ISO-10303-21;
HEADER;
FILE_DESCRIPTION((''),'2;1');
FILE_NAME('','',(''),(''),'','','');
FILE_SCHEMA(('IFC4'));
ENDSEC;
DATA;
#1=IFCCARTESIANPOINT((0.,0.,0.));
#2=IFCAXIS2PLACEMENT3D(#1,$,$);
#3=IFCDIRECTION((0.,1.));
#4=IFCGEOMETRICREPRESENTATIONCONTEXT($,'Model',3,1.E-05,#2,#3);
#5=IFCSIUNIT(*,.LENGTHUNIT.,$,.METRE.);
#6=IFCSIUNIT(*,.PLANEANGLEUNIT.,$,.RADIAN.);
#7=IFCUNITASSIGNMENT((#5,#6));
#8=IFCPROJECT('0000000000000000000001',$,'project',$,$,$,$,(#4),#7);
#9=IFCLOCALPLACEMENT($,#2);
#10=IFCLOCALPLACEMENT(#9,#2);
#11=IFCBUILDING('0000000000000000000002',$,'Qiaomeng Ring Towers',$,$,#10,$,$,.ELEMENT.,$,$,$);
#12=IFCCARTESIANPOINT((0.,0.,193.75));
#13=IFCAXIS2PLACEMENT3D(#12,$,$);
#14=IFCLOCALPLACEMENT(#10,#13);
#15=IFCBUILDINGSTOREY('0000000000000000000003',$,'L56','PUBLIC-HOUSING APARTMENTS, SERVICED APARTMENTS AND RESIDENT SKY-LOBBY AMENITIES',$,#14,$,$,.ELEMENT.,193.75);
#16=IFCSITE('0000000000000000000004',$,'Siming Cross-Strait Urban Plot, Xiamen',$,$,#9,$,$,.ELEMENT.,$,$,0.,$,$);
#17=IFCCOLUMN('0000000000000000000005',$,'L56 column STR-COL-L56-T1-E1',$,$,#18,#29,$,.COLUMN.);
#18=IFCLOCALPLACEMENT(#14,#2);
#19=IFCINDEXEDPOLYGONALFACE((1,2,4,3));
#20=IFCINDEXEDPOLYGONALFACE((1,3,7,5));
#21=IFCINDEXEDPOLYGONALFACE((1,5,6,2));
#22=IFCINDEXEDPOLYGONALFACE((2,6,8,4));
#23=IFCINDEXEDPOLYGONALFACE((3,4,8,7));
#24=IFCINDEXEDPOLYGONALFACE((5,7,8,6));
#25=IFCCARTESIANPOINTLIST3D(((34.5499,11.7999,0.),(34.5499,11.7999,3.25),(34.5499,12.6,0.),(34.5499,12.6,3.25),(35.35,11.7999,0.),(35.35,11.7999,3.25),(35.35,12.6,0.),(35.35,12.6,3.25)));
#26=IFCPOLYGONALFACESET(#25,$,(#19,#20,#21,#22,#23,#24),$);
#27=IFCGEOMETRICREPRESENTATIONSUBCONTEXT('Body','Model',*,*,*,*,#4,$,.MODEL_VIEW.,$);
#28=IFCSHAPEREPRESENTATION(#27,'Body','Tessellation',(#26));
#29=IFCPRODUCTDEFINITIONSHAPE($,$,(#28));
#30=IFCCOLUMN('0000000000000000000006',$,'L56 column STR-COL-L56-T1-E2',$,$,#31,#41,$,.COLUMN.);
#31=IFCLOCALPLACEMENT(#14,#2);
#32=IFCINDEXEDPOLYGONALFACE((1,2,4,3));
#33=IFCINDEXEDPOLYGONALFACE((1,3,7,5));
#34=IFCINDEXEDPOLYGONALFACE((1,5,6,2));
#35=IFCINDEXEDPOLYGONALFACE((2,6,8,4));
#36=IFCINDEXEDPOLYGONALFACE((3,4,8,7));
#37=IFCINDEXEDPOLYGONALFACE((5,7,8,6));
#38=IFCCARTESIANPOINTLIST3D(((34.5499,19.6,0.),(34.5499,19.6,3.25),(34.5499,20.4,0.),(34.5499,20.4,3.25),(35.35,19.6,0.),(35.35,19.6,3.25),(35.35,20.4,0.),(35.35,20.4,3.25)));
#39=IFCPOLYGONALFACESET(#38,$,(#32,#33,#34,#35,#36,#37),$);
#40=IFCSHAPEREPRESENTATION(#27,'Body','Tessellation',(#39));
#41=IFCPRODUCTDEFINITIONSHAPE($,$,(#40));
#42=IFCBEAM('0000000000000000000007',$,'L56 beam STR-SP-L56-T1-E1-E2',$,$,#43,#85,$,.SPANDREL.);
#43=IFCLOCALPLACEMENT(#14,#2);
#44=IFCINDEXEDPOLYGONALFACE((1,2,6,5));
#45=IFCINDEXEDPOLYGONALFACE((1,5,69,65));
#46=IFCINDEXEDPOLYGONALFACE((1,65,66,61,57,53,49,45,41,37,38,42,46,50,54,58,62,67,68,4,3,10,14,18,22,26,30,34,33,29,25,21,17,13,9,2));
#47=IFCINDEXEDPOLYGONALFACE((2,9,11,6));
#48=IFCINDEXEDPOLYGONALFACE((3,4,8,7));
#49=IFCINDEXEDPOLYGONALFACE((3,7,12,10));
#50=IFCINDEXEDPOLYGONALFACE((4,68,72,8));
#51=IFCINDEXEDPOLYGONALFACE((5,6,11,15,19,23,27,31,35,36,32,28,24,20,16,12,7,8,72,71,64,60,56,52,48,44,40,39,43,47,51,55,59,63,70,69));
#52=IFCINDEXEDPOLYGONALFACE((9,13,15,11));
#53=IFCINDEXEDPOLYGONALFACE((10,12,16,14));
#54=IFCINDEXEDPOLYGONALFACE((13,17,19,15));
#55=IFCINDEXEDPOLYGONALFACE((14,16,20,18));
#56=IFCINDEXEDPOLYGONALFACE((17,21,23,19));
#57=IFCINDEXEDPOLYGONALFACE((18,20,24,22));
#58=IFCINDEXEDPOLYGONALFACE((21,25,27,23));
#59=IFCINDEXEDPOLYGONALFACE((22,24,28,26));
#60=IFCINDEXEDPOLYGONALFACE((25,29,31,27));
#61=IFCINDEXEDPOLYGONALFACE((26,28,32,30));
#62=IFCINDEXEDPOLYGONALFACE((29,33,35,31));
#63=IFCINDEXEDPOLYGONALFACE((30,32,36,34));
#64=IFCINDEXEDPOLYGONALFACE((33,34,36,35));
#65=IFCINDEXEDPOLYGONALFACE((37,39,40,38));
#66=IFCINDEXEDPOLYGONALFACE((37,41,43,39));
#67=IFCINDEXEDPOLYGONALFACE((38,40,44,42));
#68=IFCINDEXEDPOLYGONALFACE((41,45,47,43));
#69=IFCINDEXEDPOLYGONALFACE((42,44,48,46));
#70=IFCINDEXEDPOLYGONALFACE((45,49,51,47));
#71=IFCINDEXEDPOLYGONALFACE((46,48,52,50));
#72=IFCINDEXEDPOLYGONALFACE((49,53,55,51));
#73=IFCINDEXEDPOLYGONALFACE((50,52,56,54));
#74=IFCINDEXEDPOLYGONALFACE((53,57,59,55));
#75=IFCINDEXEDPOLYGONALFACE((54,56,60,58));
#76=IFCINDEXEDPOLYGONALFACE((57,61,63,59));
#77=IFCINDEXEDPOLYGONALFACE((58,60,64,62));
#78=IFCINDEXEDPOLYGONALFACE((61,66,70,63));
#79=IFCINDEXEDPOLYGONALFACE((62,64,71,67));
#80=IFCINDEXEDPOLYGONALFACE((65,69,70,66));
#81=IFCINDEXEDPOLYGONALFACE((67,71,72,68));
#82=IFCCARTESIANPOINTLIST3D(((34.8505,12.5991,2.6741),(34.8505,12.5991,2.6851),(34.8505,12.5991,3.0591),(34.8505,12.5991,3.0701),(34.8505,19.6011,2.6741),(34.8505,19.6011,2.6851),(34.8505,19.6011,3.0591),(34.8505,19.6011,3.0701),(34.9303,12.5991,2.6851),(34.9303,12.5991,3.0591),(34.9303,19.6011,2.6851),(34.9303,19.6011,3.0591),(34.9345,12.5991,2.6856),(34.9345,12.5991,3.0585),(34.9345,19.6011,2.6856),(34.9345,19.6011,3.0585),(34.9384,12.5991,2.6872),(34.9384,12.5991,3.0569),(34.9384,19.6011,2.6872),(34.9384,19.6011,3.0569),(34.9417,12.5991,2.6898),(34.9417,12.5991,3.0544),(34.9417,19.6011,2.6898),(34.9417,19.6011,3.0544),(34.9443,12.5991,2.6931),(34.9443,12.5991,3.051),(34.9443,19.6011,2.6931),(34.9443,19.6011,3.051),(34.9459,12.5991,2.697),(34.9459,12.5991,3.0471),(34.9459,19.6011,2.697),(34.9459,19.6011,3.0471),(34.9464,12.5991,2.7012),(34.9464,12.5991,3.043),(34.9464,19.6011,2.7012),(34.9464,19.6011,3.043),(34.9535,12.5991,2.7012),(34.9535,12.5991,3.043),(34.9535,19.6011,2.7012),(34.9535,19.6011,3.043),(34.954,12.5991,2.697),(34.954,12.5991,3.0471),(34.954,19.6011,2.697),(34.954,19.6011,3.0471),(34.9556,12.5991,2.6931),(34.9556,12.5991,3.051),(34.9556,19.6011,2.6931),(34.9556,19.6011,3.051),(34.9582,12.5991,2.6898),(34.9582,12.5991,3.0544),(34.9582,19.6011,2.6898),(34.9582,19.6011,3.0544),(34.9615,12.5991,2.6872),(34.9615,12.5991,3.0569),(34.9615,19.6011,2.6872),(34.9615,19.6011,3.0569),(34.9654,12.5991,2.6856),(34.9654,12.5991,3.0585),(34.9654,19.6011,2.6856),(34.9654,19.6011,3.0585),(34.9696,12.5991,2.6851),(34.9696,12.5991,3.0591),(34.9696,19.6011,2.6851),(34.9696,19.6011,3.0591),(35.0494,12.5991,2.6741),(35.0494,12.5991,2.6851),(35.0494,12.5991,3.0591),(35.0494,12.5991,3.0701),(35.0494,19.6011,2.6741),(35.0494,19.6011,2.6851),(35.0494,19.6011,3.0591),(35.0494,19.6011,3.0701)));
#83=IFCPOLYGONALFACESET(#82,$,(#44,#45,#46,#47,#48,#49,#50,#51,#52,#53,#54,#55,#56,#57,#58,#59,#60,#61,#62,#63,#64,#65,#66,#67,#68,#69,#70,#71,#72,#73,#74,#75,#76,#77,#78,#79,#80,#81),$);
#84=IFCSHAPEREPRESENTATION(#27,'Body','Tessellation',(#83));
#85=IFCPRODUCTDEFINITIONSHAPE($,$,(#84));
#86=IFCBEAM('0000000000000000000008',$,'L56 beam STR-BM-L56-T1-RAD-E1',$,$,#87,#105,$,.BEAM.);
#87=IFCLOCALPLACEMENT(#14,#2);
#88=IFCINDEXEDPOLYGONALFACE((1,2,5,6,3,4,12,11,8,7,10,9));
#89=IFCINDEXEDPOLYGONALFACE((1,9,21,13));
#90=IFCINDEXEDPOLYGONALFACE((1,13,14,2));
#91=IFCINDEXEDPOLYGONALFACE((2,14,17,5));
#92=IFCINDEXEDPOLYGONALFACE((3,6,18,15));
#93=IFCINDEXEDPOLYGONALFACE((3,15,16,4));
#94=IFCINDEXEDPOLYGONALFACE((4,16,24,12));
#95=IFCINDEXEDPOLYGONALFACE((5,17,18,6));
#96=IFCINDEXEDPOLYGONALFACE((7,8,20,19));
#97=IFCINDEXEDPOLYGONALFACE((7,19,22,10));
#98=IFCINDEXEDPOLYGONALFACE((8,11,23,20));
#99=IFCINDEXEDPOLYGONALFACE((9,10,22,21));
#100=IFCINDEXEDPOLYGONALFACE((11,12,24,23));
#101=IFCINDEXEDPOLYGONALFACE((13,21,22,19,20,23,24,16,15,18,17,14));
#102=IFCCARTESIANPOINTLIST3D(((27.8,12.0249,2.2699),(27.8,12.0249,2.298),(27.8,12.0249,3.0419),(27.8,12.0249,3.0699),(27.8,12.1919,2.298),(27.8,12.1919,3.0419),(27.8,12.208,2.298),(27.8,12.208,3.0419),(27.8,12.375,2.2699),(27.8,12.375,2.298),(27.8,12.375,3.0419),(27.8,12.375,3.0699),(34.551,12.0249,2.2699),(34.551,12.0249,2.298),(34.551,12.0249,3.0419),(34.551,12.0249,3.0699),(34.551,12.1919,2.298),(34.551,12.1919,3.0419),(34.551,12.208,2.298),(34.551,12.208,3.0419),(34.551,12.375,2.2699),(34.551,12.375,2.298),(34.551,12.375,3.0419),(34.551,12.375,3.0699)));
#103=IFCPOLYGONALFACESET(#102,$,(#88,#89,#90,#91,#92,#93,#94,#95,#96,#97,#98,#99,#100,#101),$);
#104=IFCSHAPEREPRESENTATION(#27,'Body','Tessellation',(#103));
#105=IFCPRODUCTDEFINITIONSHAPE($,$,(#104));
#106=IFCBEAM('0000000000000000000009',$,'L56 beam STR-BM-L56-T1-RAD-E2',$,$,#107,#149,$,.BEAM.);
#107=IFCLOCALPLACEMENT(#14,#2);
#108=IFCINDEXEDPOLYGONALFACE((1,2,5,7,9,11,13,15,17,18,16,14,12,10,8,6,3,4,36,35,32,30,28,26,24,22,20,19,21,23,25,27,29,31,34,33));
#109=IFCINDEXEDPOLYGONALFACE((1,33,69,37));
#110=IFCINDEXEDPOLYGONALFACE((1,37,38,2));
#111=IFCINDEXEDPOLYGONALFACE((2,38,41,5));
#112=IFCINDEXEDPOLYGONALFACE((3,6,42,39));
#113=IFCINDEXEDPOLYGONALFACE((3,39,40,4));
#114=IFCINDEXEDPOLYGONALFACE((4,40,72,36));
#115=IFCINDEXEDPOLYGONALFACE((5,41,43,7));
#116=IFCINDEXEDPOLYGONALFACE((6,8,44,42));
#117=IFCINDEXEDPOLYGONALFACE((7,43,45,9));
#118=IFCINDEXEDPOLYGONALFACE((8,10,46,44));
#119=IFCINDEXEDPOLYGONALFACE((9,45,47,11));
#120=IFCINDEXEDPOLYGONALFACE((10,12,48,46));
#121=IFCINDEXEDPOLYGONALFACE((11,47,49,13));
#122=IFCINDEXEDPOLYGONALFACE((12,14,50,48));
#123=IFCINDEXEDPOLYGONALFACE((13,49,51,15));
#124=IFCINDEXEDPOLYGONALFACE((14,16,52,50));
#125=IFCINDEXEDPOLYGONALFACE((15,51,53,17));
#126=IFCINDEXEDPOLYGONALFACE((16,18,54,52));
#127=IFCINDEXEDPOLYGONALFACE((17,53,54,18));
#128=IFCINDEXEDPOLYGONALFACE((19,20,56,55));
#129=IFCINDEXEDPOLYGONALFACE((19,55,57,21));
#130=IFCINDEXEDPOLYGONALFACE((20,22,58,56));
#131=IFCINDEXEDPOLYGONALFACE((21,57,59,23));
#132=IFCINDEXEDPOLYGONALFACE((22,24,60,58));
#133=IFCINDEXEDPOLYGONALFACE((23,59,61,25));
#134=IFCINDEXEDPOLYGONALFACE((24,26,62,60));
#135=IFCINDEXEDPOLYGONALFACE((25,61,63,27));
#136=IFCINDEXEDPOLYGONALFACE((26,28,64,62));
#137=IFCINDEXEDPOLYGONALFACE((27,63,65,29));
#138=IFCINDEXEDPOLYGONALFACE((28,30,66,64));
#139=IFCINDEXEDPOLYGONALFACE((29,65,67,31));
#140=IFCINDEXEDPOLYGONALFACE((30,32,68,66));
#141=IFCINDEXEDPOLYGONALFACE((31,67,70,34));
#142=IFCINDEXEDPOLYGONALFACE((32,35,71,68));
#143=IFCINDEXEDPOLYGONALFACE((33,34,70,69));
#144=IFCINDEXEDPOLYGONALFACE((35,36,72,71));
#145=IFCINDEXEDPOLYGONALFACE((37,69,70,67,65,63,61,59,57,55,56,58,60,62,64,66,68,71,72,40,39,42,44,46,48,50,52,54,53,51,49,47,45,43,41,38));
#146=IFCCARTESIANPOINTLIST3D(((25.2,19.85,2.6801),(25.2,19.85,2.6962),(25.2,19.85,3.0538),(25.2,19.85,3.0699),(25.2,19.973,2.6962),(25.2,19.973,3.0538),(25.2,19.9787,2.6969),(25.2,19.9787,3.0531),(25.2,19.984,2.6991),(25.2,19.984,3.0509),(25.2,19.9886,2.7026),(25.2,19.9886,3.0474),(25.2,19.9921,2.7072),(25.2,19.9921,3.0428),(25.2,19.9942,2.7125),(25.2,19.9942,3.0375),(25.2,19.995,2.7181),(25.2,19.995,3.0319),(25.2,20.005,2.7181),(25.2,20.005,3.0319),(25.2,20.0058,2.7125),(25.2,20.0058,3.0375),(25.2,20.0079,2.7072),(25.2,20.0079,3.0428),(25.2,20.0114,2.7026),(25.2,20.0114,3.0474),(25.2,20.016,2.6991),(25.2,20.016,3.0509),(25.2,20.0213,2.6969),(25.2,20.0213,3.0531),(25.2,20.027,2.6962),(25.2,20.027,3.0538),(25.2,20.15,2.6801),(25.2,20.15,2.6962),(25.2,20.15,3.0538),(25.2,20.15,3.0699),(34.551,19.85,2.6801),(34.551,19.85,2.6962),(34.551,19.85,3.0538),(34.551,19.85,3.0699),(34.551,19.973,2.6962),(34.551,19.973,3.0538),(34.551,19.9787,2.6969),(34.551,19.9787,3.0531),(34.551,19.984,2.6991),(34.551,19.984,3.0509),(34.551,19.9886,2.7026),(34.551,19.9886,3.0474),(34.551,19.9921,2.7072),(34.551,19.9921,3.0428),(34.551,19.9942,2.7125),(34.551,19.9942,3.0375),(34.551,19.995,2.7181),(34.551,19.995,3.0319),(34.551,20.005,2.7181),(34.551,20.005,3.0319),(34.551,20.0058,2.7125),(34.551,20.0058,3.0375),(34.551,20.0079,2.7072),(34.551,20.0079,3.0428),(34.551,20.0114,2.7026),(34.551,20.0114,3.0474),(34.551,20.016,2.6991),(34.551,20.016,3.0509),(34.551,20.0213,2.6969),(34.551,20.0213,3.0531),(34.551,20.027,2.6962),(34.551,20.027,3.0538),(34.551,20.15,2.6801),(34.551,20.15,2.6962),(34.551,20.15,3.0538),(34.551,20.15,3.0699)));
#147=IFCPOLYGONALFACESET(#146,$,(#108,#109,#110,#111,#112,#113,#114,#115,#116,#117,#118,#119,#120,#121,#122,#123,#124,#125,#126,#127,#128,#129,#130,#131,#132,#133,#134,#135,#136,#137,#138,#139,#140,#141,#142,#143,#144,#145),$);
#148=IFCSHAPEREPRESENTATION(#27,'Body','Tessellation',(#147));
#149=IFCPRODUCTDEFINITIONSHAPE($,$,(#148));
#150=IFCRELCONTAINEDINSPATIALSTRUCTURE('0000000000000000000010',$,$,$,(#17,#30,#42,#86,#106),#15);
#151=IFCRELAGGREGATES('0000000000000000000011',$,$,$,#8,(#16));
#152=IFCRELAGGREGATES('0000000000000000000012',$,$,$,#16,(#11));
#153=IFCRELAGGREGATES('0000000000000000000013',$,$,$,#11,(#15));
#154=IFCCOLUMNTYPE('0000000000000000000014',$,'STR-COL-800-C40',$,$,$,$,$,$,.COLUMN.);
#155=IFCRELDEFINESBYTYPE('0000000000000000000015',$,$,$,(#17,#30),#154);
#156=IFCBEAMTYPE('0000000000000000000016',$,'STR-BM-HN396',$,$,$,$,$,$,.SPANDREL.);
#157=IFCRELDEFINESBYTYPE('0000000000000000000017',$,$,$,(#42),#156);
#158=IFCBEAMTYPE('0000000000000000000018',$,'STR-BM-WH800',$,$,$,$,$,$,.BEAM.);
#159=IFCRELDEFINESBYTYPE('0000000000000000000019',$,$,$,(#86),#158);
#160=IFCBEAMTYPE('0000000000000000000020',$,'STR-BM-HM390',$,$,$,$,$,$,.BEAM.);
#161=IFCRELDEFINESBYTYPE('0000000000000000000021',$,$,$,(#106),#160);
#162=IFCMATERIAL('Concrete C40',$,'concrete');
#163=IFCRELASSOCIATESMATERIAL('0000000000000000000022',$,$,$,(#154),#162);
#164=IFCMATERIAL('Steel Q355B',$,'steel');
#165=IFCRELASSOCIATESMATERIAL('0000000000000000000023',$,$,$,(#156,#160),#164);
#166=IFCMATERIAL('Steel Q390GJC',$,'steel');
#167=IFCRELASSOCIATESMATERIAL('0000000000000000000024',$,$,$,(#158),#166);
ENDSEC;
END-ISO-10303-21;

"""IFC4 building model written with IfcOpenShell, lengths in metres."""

from ifc_helpers import new_model, si_unit, direction, frame, origin, origin_2d, place, context, subcontext, project, spatial, rectangle, i_section, extrude, source, transform, mapped, material, material_profile, profile_set, type_object, element, save


model = new_model("IFC4")

# Units and contexts
model_context = context("Model", 3, precision=1e-05, world=origin(), true_north=direction((0.0, 1.0)))
body_context = subcontext(model_context, "Body", "Model", "MODEL_VIEW")
ifc_project = project(units=[si_unit("LENGTHUNIT", "METRE"), si_unit("PLANEANGLEUNIT", "RADIAN")], contexts=[model_context])

# Site, building, storey
site_placement = place(None, origin())
site = spatial("IfcSite", under=ifc_project, at=site_placement, Name="Siming Cross-Strait Urban Plot, Xiamen", CompositionType="ELEMENT", RefElevation=0.0)
building_placement = place(site_placement, origin())
building = spatial("IfcBuilding", under=site, at=building_placement, Name="Qiaomeng Ring Towers", CompositionType="ELEMENT")
storey_placement = place(building_placement, frame((0.0, 0.0, 193.75)))
storey = spatial("IfcBuildingStorey", under=building, at=storey_placement, Name="L56", Description="PUBLIC-HOUSING APARTMENTS, SERVICED APARTMENTS AND RESIDENT SKY-LOBBY AMENITIES", CompositionType="ELEMENT", Elevation=193.75)

# Columns
ifc_material_1 = material(Name="Concrete C40", Category="concrete")
ifc_material_profile_1 = material_profile(ifc_material_1, rectangle(XDim=0.8, YDim=0.8, at=origin_2d()), Name="RC COL 800x800")
ifc_profile_set_1 = profile_set([ifc_material_profile_1], Name="Concrete C40")
column_type = type_object("IfcColumnType", Name="STR-COL-800-C40", PredefinedType="COLUMN", material=ifc_profile_set_1)
shared_shape_1 = source(origin(), body_context, "Body", "SweptSolid", [
    extrude(rectangle(XDim=0.8, YDim=0.8, at=origin_2d()), origin(), (0.0, 0.0, 1.0), 3.25),
])
for number, where, z_axis, x_axis, name in (
    (1, (34.95, 12.2, 0.0), (0.0, 0.0, 1.0), (1.0, 0.0, 0.0), "L56 column STR-COL-L56-T1-E1"),
    (2, (34.95, 20.0, 0.0), (0.0, 0.0, 1.0), (1.0, 0.0, 0.0), "L56 column STR-COL-L56-T1-E2"),
):
    element("IfcColumn", number, at=place(storey_placement, frame(where, z_axis=z_axis, x_axis=x_axis)), inside=storey, type_object=column_type, Name=name, PredefinedType="COLUMN", context=body_context, shape_type="MappedRepresentation", body=[
        mapped(shared_shape_1, transform((0.0, 0.0, 0.0), x_axis=(1.0, 0.0, 0.0), y_axis=(0.0, 1.0, 0.0), z_axis=(0.0, 0.0, 1.0), scale=1.0)),
    ])

# Beams
ifc_material_2 = material(Name="Steel Q355B", Category="steel")
ifc_material_profile_2 = material_profile(ifc_material_2, i_section(OverallWidth=0.199, OverallDepth=0.396, WebThickness=0.0071, FlangeThickness=0.011, FilletRadius=0.0161, at=origin_2d()), Name="HN 396x199x7x11")
ifc_profile_set_2 = profile_set([ifc_material_profile_2], Name="Steel Q355B")
beam_type_1 = type_object("IfcBeamType", Name="STR-BM-HN396", PredefinedType="SPANDREL", material=ifc_profile_set_2)
shared_shape_2 = source(origin(), body_context, "Body", "SweptSolid", [
    extrude(i_section(OverallWidth=0.199, OverallDepth=0.396, WebThickness=0.0071, FlangeThickness=0.011, FilletRadius=0.0161, at=origin_2d()), origin(), (0.0, 0.0, 1.0), 7.002),
])
beam_1_placement = place(storey_placement, frame((34.95, 12.5991, 2.8721), z_axis=(0.0, 1.0, 0.0), x_axis=(-1.0, 0.0, 0.0)))
element("IfcBeam", 3, at=beam_1_placement, inside=storey, type_object=beam_type_1, Name="L56 beam STR-SP-L56-T1-E1-E2", PredefinedType="SPANDREL", context=body_context, shape_type="MappedRepresentation", body=[
    mapped(shared_shape_2, transform((0.0, 0.0, 0.0), x_axis=(1.0, 0.0, 0.0), y_axis=(0.0, 1.0, 0.0), z_axis=(0.0, 0.0, 1.0), scale=1.0)),
])
ifc_material_3 = material(Name="Steel Q390GJC", Category="steel")
ifc_material_profile_3 = material_profile(ifc_material_3, i_section(OverallWidth=0.3501, OverallDepth=0.8, WebThickness=0.0161, FlangeThickness=0.0281, at=origin_2d()), Name="WH 800x350x16x28")
ifc_profile_set_3 = profile_set([ifc_material_profile_3], Name="Steel Q390GJC")
beam_type_2 = type_object("IfcBeamType", Name="STR-BM-WH800", PredefinedType="BEAM", material=ifc_profile_set_3)
shared_shape_3 = source(origin(), body_context, "Body", "SweptSolid", [
    extrude(i_section(OverallWidth=0.3501, OverallDepth=0.8, WebThickness=0.0161, FlangeThickness=0.0281, at=origin_2d()), origin(), (0.0, 0.0, 1.0), 6.751),
])
beam_2_placement = place(storey_placement, frame((27.8, 12.2, 2.6699), z_axis=(1.0, 0.0, 0.0), x_axis=(0.0, 1.0, 0.0)))
element("IfcBeam", 4, at=beam_2_placement, inside=storey, type_object=beam_type_2, Name="L56 beam STR-BM-L56-T1-RAD-E1", PredefinedType="BEAM", context=body_context, shape_type="MappedRepresentation", body=[
    mapped(shared_shape_3, transform((0.0, 0.0, 0.0), x_axis=(1.0, 0.0, 0.0), y_axis=(0.0, 1.0, 0.0), z_axis=(0.0, 0.0, 1.0), scale=1.0)),
])
ifc_material_profile_4 = material_profile(ifc_material_2, i_section(OverallWidth=0.3, OverallDepth=0.3899, WebThickness=0.01, FlangeThickness=0.0161, FilletRadius=0.022, at=origin_2d()), Name="HM 390x300x10x16")
ifc_profile_set_4 = profile_set([ifc_material_profile_4], Name="Steel Q355B")
beam_type_3 = type_object("IfcBeamType", Name="STR-BM-HM390", PredefinedType="BEAM", material=ifc_profile_set_4)
shared_shape_4 = source(origin(), body_context, "Body", "SweptSolid", [
    extrude(i_section(OverallWidth=0.3, OverallDepth=0.3899, WebThickness=0.01, FlangeThickness=0.0161, FilletRadius=0.022, at=origin_2d()), origin(), (0.0, 0.0, 1.0), 9.3511),
])
beam_3_placement = place(storey_placement, frame((25.2, 20.0, 2.875), z_axis=(1.0, 0.0, 0.0), x_axis=(0.0, 1.0, 0.0)))
element("IfcBeam", 5, at=beam_3_placement, inside=storey, type_object=beam_type_3, Name="L56 beam STR-BM-L56-T1-RAD-E2", PredefinedType="BEAM", context=body_context, shape_type="MappedRepresentation", body=[
    mapped(shared_shape_4, transform((0.0, 0.0, 0.0), x_axis=(1.0, 0.0, 0.0), y_axis=(0.0, 1.0, 0.0), z_axis=(0.0, 0.0, 1.0), scale=1.0)),
])

save(model, "model.ifc")
